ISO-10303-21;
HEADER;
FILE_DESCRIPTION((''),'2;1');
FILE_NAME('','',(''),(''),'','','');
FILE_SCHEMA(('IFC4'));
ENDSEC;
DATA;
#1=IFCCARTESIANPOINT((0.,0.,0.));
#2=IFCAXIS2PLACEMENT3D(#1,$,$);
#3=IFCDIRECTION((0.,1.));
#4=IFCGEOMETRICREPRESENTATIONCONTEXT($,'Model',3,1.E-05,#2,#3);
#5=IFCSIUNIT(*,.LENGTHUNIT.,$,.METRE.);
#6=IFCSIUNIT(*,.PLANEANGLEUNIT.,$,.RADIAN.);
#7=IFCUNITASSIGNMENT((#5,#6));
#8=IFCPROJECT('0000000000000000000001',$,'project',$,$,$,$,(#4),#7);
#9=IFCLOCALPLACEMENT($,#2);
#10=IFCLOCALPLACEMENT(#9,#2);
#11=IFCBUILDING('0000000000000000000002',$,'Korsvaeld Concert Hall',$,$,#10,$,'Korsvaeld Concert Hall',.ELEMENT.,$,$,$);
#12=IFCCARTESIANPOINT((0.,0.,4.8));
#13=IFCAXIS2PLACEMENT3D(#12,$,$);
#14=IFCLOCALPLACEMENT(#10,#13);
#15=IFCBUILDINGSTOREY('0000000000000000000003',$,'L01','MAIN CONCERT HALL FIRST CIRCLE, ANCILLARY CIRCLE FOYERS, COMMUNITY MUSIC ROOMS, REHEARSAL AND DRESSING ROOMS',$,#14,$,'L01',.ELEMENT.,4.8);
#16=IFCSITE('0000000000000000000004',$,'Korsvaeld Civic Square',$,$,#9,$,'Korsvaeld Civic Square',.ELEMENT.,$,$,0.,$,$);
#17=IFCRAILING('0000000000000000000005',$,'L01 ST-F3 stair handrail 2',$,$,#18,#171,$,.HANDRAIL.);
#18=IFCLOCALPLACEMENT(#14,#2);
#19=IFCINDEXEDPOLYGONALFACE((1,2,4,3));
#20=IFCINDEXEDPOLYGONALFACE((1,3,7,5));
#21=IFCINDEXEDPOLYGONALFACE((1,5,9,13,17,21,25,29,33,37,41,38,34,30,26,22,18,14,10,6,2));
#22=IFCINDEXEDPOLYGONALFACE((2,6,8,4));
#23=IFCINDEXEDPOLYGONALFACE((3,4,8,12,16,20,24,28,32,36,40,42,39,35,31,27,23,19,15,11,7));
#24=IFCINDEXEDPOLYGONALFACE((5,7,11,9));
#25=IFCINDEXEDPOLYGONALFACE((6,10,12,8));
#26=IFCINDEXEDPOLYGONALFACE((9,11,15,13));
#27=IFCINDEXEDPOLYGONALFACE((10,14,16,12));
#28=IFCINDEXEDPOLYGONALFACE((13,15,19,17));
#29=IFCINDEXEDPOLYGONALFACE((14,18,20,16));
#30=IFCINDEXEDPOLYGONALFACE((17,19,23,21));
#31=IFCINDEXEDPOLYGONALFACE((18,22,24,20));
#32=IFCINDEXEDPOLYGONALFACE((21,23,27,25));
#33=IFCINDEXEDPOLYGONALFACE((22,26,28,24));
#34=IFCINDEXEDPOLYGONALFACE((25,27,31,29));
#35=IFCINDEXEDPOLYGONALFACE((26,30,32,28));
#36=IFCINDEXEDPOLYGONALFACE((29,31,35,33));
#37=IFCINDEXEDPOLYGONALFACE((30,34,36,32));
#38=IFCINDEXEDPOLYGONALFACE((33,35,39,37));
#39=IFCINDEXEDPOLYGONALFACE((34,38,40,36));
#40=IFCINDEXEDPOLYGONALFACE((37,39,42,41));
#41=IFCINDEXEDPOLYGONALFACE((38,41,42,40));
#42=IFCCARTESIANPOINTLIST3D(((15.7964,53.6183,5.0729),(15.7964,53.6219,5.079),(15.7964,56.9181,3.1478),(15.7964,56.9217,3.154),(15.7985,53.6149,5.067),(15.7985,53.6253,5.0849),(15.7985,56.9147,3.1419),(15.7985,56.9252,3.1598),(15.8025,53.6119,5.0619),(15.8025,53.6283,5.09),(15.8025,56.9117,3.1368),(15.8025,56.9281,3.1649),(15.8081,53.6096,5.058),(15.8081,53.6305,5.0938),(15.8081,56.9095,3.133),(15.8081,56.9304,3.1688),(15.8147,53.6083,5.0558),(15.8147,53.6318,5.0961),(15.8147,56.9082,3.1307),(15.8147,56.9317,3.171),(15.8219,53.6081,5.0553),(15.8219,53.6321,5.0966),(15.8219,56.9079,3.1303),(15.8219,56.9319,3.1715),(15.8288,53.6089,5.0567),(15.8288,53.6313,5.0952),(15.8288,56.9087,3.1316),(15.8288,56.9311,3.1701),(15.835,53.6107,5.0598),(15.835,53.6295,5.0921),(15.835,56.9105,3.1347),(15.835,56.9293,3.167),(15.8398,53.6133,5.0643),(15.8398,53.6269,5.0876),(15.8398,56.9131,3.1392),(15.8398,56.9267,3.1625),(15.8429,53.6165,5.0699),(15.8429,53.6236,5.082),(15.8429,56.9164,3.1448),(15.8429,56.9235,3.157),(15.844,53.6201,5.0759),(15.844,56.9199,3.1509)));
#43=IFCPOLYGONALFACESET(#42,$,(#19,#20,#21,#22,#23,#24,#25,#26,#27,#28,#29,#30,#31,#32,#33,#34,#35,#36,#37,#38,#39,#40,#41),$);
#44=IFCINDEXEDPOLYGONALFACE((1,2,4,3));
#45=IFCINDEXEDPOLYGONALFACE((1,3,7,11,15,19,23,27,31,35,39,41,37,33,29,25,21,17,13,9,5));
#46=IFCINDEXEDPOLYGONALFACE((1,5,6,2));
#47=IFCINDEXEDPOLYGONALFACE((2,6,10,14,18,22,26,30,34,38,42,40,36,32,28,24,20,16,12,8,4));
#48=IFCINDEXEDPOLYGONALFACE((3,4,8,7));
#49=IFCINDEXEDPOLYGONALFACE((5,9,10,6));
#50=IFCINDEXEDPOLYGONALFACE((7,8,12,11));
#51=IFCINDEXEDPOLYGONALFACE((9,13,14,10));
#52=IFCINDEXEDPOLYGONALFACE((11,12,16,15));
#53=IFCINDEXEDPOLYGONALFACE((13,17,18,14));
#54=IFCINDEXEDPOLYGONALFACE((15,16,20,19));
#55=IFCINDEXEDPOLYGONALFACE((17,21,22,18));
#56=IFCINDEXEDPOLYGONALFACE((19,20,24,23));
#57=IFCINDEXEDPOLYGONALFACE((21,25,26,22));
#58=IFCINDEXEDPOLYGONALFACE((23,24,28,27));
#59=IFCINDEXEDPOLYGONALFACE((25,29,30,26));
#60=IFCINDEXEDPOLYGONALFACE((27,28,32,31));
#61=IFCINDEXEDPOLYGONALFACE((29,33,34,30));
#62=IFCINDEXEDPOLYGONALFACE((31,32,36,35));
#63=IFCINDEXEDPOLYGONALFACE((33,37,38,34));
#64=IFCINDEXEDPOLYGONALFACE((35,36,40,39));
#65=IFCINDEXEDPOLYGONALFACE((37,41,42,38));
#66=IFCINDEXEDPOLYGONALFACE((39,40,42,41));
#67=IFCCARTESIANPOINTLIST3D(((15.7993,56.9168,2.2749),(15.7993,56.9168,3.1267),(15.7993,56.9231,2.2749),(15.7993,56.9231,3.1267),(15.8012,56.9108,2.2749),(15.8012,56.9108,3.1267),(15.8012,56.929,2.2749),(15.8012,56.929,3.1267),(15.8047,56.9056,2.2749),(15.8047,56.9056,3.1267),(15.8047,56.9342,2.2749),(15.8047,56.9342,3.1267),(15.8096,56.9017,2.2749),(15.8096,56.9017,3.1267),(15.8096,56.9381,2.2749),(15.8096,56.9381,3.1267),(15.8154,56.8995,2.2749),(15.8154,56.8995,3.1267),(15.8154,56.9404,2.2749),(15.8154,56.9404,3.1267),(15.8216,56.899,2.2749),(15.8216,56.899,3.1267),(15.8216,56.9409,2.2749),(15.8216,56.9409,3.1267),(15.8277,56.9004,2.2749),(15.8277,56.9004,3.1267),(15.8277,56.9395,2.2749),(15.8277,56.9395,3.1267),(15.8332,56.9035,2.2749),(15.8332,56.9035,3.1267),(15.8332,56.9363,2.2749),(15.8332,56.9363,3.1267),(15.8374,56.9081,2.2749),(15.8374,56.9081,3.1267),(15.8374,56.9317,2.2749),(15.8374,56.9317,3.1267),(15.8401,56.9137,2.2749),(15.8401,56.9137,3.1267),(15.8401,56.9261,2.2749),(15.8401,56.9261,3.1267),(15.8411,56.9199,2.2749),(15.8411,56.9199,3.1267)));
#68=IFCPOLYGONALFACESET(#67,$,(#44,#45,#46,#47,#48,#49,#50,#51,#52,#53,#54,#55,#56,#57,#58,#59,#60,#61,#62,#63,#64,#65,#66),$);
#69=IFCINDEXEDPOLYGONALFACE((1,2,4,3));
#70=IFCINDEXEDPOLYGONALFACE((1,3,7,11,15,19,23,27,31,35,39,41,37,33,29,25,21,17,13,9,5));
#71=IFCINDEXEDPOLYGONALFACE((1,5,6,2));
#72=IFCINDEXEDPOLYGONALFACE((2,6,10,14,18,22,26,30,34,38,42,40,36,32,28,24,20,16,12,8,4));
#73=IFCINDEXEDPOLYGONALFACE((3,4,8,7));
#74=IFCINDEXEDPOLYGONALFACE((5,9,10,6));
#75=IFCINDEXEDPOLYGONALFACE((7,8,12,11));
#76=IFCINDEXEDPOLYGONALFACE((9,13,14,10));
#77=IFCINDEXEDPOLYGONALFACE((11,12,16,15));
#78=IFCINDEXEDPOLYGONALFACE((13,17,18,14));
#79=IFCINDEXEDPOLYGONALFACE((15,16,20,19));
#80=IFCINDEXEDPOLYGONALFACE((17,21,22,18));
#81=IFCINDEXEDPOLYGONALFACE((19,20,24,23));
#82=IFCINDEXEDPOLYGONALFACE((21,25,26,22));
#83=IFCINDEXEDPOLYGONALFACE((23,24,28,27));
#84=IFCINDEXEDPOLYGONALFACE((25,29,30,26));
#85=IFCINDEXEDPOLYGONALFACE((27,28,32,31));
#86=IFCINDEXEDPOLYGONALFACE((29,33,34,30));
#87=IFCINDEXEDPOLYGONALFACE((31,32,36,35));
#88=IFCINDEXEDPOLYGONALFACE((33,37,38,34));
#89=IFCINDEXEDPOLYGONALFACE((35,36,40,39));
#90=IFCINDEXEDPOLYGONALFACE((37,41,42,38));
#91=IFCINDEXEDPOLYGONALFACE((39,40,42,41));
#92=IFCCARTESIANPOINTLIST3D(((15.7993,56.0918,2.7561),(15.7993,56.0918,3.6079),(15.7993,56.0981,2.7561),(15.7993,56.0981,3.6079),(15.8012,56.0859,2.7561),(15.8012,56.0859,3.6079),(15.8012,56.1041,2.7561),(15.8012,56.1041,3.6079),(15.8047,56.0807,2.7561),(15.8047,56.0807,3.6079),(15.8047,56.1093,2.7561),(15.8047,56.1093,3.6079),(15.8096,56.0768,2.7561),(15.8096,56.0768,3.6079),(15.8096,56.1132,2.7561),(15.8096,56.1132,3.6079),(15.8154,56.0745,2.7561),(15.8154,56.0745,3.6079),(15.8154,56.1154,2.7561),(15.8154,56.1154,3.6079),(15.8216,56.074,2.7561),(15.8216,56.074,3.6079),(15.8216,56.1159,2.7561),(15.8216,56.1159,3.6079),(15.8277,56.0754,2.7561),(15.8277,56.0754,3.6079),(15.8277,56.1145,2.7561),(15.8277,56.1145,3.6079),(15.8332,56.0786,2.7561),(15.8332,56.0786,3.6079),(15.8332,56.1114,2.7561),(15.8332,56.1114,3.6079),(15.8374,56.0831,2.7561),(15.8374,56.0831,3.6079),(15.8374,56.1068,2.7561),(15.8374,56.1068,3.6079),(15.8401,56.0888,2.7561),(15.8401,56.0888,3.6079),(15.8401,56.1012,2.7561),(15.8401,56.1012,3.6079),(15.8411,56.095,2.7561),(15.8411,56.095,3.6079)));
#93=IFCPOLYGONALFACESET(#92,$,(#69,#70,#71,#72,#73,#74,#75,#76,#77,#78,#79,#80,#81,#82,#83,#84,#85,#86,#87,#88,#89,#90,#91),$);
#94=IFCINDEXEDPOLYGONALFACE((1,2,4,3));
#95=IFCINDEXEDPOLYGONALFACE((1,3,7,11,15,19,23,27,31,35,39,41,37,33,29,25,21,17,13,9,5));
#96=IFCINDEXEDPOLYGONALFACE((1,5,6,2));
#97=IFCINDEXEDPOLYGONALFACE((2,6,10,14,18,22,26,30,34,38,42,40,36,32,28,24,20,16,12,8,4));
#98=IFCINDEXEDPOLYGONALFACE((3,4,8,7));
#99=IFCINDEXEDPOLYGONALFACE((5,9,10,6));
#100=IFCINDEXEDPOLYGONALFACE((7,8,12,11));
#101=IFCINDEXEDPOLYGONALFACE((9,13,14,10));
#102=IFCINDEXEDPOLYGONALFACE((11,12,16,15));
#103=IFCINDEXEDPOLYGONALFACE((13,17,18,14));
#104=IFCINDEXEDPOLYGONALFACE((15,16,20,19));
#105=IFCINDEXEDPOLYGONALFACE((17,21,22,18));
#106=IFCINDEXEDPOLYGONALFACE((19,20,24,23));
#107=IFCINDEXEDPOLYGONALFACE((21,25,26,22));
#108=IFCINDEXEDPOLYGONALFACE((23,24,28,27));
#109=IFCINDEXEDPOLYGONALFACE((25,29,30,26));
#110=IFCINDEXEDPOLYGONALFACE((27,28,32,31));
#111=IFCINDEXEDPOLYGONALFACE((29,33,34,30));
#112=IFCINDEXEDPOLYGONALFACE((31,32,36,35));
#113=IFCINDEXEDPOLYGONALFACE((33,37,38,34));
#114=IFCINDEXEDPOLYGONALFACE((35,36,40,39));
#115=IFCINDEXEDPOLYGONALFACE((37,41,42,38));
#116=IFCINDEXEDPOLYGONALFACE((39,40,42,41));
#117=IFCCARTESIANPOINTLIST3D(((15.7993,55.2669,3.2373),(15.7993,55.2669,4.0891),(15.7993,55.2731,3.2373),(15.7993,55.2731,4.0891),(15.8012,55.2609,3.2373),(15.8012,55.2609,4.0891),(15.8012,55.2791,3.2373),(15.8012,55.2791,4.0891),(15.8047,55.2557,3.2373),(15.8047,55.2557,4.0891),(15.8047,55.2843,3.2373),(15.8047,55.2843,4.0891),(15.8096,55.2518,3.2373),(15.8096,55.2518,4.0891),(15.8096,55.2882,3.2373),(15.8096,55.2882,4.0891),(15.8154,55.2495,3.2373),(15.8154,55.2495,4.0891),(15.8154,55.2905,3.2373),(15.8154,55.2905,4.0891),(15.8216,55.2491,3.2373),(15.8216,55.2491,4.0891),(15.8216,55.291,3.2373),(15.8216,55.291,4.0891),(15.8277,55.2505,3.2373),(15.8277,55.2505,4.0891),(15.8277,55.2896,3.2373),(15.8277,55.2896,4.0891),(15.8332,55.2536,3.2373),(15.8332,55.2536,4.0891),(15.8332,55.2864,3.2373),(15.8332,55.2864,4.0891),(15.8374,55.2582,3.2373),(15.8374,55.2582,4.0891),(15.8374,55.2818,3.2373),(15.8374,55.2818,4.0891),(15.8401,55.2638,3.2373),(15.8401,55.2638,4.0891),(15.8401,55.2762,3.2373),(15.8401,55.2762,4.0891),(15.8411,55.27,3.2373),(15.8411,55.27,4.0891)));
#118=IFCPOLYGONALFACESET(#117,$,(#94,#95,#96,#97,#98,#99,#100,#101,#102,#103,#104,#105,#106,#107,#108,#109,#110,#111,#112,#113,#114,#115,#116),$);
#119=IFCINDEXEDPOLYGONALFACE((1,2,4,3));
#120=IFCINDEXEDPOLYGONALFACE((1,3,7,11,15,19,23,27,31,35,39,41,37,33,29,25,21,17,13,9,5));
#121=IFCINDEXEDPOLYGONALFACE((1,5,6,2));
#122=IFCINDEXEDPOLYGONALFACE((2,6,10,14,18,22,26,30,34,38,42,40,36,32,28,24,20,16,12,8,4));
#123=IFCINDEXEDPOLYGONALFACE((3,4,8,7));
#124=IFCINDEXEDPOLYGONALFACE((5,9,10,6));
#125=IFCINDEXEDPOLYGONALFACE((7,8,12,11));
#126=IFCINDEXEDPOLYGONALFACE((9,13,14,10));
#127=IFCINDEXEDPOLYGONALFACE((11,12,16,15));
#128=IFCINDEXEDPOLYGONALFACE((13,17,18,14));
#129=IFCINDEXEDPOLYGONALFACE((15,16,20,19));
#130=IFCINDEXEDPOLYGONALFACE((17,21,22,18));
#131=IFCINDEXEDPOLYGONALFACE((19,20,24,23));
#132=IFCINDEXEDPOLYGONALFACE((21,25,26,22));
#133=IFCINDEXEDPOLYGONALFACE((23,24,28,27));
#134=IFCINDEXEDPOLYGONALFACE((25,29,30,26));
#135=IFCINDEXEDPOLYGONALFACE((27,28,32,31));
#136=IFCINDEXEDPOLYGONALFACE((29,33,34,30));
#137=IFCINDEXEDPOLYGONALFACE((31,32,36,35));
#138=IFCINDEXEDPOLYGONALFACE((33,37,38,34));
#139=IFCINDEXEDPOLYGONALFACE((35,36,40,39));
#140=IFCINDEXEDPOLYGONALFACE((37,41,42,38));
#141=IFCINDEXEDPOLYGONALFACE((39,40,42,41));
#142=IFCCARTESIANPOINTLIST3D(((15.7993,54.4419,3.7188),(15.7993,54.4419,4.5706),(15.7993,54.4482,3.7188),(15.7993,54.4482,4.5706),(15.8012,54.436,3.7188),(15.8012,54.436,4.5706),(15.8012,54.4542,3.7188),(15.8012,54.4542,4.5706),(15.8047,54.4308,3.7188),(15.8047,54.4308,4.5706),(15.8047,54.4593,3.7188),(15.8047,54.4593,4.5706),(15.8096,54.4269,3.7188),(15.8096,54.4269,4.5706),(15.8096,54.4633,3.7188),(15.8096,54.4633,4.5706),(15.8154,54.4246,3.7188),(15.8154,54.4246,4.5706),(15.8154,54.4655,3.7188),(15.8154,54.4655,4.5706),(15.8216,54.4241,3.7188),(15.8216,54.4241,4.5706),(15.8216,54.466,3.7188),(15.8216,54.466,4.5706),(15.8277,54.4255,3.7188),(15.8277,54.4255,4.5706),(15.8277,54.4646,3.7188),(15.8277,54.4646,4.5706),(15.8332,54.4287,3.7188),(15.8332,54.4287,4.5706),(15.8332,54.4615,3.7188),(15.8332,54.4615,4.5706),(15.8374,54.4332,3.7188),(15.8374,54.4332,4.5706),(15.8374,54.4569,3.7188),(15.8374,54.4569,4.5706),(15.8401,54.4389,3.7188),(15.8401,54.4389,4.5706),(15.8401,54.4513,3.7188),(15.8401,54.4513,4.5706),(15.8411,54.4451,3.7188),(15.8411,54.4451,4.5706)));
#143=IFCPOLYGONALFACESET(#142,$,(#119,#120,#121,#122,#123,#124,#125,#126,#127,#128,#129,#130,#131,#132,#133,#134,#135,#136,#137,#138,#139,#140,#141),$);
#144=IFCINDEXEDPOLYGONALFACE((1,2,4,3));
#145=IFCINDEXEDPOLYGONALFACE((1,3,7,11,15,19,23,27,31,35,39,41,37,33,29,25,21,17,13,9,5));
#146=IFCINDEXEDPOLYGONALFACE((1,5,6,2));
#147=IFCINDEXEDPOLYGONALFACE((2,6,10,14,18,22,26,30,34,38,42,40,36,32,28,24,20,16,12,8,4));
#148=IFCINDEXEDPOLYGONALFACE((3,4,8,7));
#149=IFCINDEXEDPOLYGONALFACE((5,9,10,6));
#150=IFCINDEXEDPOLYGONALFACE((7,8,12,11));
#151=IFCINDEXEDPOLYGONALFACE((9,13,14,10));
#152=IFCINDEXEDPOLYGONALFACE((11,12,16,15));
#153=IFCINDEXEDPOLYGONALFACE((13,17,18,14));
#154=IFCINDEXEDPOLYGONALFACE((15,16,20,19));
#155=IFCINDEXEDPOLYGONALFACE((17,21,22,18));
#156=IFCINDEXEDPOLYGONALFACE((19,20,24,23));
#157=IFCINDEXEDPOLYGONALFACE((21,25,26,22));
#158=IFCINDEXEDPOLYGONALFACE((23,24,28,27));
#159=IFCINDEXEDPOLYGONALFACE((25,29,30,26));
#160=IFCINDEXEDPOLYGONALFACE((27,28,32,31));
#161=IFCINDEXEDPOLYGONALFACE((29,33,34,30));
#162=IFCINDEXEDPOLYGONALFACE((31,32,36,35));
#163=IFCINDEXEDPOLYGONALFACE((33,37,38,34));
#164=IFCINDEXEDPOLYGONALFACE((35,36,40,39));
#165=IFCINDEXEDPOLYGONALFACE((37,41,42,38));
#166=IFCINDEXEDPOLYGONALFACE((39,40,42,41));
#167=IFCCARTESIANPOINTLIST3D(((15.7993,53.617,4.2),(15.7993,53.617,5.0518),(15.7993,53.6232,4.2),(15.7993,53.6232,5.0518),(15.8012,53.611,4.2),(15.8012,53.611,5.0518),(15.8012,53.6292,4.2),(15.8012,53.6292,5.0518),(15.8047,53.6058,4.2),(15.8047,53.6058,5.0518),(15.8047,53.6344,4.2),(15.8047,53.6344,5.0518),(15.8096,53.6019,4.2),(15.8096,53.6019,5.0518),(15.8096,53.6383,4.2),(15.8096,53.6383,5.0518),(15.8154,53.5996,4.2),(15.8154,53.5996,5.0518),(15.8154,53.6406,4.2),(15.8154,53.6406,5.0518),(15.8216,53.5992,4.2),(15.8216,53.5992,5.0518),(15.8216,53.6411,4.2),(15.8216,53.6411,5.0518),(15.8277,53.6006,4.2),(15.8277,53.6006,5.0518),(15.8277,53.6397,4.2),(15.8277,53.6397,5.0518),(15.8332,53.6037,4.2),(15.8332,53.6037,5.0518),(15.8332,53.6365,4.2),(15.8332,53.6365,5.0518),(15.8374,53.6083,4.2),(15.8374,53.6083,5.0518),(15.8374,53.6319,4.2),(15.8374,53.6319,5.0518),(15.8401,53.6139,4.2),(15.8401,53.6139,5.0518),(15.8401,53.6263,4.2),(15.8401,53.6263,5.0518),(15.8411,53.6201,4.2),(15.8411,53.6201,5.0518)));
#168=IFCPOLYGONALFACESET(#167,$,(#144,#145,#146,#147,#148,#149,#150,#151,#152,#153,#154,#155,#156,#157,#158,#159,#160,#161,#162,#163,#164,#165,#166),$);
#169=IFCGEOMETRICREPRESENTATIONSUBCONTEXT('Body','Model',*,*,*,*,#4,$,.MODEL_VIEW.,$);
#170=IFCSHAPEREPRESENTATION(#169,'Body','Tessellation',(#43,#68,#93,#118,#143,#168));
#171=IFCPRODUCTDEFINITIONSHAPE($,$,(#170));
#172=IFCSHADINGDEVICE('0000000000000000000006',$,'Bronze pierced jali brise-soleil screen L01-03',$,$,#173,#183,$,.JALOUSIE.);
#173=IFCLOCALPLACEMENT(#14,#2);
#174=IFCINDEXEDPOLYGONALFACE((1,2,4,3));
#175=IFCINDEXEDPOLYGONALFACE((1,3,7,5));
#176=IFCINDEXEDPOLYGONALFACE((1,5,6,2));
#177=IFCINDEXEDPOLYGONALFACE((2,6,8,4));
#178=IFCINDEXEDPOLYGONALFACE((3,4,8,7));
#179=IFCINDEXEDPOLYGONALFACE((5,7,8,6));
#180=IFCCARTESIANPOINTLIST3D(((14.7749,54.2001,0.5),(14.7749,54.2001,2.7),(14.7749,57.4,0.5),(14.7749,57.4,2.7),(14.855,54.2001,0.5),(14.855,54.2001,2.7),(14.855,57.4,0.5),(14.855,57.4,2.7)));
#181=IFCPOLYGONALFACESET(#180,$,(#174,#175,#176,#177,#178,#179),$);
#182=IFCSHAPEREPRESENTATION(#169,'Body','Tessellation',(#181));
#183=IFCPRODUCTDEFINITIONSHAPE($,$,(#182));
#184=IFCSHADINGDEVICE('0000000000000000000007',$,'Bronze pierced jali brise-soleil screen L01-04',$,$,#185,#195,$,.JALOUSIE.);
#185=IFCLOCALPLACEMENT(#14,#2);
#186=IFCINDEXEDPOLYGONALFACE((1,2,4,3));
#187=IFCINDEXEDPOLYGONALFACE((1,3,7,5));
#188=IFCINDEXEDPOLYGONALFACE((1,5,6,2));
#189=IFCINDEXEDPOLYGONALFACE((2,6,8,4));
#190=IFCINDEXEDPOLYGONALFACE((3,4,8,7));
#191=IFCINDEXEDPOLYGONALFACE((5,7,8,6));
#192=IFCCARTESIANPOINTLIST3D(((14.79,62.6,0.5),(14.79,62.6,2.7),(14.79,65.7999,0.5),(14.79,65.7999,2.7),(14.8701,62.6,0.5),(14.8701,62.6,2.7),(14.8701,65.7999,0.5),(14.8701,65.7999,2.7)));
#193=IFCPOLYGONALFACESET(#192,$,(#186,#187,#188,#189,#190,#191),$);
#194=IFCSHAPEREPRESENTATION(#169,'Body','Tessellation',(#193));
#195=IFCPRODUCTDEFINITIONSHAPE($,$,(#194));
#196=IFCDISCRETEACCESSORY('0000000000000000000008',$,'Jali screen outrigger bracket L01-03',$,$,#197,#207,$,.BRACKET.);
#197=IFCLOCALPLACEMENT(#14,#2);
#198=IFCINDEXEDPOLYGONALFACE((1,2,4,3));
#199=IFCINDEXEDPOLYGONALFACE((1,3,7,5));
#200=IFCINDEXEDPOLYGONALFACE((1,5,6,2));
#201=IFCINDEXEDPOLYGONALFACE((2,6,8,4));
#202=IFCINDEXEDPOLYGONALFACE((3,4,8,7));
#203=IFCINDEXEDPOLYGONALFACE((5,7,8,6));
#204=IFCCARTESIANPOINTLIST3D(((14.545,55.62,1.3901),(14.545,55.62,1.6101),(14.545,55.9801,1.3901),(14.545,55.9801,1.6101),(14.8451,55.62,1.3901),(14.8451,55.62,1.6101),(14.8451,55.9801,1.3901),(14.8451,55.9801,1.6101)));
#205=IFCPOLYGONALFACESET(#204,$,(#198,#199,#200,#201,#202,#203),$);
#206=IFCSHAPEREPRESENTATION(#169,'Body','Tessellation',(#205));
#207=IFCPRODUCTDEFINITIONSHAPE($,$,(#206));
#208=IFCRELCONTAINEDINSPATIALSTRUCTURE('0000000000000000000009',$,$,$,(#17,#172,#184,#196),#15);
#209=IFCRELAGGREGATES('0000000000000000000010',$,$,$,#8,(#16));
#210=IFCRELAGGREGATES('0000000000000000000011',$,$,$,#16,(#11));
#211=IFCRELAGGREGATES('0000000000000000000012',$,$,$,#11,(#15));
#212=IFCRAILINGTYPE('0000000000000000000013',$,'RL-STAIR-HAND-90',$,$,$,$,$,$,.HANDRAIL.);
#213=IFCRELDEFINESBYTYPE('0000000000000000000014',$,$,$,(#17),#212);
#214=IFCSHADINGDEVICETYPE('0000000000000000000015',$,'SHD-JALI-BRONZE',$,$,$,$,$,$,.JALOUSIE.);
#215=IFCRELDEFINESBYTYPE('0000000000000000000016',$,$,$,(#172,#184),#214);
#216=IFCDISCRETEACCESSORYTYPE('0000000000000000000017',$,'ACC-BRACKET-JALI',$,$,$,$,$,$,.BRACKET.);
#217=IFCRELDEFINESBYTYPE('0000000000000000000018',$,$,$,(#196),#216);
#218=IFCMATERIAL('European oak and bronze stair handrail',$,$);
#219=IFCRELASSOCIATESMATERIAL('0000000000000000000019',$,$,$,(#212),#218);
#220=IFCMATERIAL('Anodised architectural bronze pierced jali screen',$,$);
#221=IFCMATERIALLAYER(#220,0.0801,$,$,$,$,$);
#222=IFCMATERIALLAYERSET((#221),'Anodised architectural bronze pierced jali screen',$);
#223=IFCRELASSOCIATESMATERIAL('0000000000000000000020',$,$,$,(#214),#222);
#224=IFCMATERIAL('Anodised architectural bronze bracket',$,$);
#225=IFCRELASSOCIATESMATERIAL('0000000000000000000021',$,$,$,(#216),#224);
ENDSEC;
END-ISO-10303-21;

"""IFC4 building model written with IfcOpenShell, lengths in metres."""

from ifc_helpers import new_model, si_unit, direction, frame, origin, origin_2d, place, context, subcontext, project, spatial, rectangle, circle, extrude, material, layer, layer_set, type_object, element, save


model = new_model("IFC4")

# Units and contexts
model_context = context("Model", 3, precision=1e-05, world=origin(), true_north=direction((0.0, 1.0)))
body_context = subcontext(model_context, "Body", "Model", "MODEL_VIEW")
ifc_project = project(units=[si_unit("LENGTHUNIT", "METRE"), si_unit("PLANEANGLEUNIT", "RADIAN")], contexts=[model_context])

# Site, building, storey
site_placement = place(None, origin())
site = spatial("IfcSite", under=ifc_project, at=site_placement, Name="Korsvaeld Civic Square", LongName="Korsvaeld Civic Square", CompositionType="ELEMENT", RefElevation=0.0)
building_placement = place(site_placement, origin())
building = spatial("IfcBuilding", under=site, at=building_placement, Name="Korsvaeld Concert Hall", LongName="Korsvaeld Concert Hall", CompositionType="ELEMENT")
storey_placement = place(building_placement, frame((0.0, 0.0, 4.8)))
storey = spatial("IfcBuildingStorey", under=building, at=storey_placement, Name="L01", Description="MAIN CONCERT HALL FIRST CIRCLE, ANCILLARY CIRCLE FOYERS, COMMUNITY MUSIC ROOMS, REHEARSAL AND DRESSING ROOMS", LongName="L01", CompositionType="ELEMENT", Elevation=4.8)

# Railing
ifc_material_1 = material(Name="European oak and bronze stair handrail")
railing_type_1 = type_object("IfcRailingType", Name="RL-STAIR-HAND-90", PredefinedType="HANDRAIL", material=ifc_material_1)
railing_1_placement = place(storey_placement, frame((15.8201, 56.9199, 2.2749)))
element("IfcRailing", 1, at=railing_1_placement, inside=storey, type_object=railing_type_1, Name="L01 ST-F3 stair handrail 2", PredefinedType="HANDRAIL", context=body_context, shape_type="SweptSolid", body=[
    extrude(circle(Radius=0.0239, at=origin_2d()), frame((0.0, 0.0, 0.876), z_axis=(0.0, -0.86376, 0.503903), x_axis=(1.0, 0.0, 0.0)), (0.0, 0.0, 1.0), 3.8203),
    extrude(circle(Radius=0.021, at=origin_2d()), origin(), (0.0, 0.0, 1.0), 0.8518),
    extrude(circle(Radius=0.021, at=origin_2d()), frame((0.0, -0.825, 0.4812)), (0.0, 0.0, 1.0), 0.8518),
    extrude(circle(Radius=0.021, at=origin_2d()), frame((0.0, -1.6499, 0.9624)), (0.0, 0.0, 1.0), 0.8518),
    extrude(circle(Radius=0.021, at=origin_2d()), frame((0.0, -2.4749, 1.4438)), (0.0, 0.0, 1.0), 0.8518),
    extrude(circle(Radius=0.021, at=origin_2d()), frame((0.0, -3.2998, 1.925)), (0.0, 0.0, 1.0), 0.8518),
])

# Shading devices
ifc_material_2 = material(Name="Anodised architectural bronze pierced jali screen")
ifc_layer_1 = layer(ifc_material_2, 0.0801)
ifc_layer_set_1 = layer_set([ifc_layer_1], Name="Anodised architectural bronze pierced jali screen")
shading_device_type = type_object("IfcShadingDeviceType", Name="SHD-JALI-BRONZE", PredefinedType="JALOUSIE", material=ifc_layer_set_1)
for number, where, z_axis, x_axis, name in (
    (2, (14.8149, 55.8, 0.5), (0.0, 0.0, 1.0), (0.0, 1.0, 0.0), "Bronze pierced jali brise-soleil screen L01-03"),
    (3, (14.8301, 64.2, 0.5), (0.0, 0.0, 1.0), (0.0, 1.0, 0.0), "Bronze pierced jali brise-soleil screen L01-04"),
):
    element("IfcShadingDevice", number, at=place(storey_placement, frame(where, z_axis=z_axis, x_axis=x_axis)), inside=storey, type_object=shading_device_type, Name=name, PredefinedType="JALOUSIE", context=body_context, shape_type="SweptSolid", body=[
        extrude(rectangle(XDim=3.2, YDim=0.0801, at=origin_2d()), origin(), (0.0, 0.0, 1.0), 2.2),
    ])

# Discrete accessory
ifc_material_3 = material(Name="Anodised architectural bronze bracket")
discrete_accessory_type = type_object("IfcDiscreteAccessoryType", Name="ACC-BRACKET-JALI", PredefinedType="BRACKET", material=ifc_material_3)
for number, where, z_axis, x_axis, name in (
    (4, (14.6951, 55.8, 1.3901), (0.0, 0.0, 1.0), (0.0, 1.0, 0.0), "Jali screen outrigger bracket L01-03"),
):
    element("IfcDiscreteAccessory", number, at=place(storey_placement, frame(where, z_axis=z_axis, x_axis=x_axis)), inside=storey, type_object=discrete_accessory_type, Name=name, PredefinedType="BRACKET", context=body_context, shape_type="SweptSolid", body=[
        extrude(rectangle(XDim=0.3601, YDim=0.3, at=origin_2d()), origin(), (0.0, 0.0, 1.0), 0.22),
    ])

save(model, "model.ifc")
